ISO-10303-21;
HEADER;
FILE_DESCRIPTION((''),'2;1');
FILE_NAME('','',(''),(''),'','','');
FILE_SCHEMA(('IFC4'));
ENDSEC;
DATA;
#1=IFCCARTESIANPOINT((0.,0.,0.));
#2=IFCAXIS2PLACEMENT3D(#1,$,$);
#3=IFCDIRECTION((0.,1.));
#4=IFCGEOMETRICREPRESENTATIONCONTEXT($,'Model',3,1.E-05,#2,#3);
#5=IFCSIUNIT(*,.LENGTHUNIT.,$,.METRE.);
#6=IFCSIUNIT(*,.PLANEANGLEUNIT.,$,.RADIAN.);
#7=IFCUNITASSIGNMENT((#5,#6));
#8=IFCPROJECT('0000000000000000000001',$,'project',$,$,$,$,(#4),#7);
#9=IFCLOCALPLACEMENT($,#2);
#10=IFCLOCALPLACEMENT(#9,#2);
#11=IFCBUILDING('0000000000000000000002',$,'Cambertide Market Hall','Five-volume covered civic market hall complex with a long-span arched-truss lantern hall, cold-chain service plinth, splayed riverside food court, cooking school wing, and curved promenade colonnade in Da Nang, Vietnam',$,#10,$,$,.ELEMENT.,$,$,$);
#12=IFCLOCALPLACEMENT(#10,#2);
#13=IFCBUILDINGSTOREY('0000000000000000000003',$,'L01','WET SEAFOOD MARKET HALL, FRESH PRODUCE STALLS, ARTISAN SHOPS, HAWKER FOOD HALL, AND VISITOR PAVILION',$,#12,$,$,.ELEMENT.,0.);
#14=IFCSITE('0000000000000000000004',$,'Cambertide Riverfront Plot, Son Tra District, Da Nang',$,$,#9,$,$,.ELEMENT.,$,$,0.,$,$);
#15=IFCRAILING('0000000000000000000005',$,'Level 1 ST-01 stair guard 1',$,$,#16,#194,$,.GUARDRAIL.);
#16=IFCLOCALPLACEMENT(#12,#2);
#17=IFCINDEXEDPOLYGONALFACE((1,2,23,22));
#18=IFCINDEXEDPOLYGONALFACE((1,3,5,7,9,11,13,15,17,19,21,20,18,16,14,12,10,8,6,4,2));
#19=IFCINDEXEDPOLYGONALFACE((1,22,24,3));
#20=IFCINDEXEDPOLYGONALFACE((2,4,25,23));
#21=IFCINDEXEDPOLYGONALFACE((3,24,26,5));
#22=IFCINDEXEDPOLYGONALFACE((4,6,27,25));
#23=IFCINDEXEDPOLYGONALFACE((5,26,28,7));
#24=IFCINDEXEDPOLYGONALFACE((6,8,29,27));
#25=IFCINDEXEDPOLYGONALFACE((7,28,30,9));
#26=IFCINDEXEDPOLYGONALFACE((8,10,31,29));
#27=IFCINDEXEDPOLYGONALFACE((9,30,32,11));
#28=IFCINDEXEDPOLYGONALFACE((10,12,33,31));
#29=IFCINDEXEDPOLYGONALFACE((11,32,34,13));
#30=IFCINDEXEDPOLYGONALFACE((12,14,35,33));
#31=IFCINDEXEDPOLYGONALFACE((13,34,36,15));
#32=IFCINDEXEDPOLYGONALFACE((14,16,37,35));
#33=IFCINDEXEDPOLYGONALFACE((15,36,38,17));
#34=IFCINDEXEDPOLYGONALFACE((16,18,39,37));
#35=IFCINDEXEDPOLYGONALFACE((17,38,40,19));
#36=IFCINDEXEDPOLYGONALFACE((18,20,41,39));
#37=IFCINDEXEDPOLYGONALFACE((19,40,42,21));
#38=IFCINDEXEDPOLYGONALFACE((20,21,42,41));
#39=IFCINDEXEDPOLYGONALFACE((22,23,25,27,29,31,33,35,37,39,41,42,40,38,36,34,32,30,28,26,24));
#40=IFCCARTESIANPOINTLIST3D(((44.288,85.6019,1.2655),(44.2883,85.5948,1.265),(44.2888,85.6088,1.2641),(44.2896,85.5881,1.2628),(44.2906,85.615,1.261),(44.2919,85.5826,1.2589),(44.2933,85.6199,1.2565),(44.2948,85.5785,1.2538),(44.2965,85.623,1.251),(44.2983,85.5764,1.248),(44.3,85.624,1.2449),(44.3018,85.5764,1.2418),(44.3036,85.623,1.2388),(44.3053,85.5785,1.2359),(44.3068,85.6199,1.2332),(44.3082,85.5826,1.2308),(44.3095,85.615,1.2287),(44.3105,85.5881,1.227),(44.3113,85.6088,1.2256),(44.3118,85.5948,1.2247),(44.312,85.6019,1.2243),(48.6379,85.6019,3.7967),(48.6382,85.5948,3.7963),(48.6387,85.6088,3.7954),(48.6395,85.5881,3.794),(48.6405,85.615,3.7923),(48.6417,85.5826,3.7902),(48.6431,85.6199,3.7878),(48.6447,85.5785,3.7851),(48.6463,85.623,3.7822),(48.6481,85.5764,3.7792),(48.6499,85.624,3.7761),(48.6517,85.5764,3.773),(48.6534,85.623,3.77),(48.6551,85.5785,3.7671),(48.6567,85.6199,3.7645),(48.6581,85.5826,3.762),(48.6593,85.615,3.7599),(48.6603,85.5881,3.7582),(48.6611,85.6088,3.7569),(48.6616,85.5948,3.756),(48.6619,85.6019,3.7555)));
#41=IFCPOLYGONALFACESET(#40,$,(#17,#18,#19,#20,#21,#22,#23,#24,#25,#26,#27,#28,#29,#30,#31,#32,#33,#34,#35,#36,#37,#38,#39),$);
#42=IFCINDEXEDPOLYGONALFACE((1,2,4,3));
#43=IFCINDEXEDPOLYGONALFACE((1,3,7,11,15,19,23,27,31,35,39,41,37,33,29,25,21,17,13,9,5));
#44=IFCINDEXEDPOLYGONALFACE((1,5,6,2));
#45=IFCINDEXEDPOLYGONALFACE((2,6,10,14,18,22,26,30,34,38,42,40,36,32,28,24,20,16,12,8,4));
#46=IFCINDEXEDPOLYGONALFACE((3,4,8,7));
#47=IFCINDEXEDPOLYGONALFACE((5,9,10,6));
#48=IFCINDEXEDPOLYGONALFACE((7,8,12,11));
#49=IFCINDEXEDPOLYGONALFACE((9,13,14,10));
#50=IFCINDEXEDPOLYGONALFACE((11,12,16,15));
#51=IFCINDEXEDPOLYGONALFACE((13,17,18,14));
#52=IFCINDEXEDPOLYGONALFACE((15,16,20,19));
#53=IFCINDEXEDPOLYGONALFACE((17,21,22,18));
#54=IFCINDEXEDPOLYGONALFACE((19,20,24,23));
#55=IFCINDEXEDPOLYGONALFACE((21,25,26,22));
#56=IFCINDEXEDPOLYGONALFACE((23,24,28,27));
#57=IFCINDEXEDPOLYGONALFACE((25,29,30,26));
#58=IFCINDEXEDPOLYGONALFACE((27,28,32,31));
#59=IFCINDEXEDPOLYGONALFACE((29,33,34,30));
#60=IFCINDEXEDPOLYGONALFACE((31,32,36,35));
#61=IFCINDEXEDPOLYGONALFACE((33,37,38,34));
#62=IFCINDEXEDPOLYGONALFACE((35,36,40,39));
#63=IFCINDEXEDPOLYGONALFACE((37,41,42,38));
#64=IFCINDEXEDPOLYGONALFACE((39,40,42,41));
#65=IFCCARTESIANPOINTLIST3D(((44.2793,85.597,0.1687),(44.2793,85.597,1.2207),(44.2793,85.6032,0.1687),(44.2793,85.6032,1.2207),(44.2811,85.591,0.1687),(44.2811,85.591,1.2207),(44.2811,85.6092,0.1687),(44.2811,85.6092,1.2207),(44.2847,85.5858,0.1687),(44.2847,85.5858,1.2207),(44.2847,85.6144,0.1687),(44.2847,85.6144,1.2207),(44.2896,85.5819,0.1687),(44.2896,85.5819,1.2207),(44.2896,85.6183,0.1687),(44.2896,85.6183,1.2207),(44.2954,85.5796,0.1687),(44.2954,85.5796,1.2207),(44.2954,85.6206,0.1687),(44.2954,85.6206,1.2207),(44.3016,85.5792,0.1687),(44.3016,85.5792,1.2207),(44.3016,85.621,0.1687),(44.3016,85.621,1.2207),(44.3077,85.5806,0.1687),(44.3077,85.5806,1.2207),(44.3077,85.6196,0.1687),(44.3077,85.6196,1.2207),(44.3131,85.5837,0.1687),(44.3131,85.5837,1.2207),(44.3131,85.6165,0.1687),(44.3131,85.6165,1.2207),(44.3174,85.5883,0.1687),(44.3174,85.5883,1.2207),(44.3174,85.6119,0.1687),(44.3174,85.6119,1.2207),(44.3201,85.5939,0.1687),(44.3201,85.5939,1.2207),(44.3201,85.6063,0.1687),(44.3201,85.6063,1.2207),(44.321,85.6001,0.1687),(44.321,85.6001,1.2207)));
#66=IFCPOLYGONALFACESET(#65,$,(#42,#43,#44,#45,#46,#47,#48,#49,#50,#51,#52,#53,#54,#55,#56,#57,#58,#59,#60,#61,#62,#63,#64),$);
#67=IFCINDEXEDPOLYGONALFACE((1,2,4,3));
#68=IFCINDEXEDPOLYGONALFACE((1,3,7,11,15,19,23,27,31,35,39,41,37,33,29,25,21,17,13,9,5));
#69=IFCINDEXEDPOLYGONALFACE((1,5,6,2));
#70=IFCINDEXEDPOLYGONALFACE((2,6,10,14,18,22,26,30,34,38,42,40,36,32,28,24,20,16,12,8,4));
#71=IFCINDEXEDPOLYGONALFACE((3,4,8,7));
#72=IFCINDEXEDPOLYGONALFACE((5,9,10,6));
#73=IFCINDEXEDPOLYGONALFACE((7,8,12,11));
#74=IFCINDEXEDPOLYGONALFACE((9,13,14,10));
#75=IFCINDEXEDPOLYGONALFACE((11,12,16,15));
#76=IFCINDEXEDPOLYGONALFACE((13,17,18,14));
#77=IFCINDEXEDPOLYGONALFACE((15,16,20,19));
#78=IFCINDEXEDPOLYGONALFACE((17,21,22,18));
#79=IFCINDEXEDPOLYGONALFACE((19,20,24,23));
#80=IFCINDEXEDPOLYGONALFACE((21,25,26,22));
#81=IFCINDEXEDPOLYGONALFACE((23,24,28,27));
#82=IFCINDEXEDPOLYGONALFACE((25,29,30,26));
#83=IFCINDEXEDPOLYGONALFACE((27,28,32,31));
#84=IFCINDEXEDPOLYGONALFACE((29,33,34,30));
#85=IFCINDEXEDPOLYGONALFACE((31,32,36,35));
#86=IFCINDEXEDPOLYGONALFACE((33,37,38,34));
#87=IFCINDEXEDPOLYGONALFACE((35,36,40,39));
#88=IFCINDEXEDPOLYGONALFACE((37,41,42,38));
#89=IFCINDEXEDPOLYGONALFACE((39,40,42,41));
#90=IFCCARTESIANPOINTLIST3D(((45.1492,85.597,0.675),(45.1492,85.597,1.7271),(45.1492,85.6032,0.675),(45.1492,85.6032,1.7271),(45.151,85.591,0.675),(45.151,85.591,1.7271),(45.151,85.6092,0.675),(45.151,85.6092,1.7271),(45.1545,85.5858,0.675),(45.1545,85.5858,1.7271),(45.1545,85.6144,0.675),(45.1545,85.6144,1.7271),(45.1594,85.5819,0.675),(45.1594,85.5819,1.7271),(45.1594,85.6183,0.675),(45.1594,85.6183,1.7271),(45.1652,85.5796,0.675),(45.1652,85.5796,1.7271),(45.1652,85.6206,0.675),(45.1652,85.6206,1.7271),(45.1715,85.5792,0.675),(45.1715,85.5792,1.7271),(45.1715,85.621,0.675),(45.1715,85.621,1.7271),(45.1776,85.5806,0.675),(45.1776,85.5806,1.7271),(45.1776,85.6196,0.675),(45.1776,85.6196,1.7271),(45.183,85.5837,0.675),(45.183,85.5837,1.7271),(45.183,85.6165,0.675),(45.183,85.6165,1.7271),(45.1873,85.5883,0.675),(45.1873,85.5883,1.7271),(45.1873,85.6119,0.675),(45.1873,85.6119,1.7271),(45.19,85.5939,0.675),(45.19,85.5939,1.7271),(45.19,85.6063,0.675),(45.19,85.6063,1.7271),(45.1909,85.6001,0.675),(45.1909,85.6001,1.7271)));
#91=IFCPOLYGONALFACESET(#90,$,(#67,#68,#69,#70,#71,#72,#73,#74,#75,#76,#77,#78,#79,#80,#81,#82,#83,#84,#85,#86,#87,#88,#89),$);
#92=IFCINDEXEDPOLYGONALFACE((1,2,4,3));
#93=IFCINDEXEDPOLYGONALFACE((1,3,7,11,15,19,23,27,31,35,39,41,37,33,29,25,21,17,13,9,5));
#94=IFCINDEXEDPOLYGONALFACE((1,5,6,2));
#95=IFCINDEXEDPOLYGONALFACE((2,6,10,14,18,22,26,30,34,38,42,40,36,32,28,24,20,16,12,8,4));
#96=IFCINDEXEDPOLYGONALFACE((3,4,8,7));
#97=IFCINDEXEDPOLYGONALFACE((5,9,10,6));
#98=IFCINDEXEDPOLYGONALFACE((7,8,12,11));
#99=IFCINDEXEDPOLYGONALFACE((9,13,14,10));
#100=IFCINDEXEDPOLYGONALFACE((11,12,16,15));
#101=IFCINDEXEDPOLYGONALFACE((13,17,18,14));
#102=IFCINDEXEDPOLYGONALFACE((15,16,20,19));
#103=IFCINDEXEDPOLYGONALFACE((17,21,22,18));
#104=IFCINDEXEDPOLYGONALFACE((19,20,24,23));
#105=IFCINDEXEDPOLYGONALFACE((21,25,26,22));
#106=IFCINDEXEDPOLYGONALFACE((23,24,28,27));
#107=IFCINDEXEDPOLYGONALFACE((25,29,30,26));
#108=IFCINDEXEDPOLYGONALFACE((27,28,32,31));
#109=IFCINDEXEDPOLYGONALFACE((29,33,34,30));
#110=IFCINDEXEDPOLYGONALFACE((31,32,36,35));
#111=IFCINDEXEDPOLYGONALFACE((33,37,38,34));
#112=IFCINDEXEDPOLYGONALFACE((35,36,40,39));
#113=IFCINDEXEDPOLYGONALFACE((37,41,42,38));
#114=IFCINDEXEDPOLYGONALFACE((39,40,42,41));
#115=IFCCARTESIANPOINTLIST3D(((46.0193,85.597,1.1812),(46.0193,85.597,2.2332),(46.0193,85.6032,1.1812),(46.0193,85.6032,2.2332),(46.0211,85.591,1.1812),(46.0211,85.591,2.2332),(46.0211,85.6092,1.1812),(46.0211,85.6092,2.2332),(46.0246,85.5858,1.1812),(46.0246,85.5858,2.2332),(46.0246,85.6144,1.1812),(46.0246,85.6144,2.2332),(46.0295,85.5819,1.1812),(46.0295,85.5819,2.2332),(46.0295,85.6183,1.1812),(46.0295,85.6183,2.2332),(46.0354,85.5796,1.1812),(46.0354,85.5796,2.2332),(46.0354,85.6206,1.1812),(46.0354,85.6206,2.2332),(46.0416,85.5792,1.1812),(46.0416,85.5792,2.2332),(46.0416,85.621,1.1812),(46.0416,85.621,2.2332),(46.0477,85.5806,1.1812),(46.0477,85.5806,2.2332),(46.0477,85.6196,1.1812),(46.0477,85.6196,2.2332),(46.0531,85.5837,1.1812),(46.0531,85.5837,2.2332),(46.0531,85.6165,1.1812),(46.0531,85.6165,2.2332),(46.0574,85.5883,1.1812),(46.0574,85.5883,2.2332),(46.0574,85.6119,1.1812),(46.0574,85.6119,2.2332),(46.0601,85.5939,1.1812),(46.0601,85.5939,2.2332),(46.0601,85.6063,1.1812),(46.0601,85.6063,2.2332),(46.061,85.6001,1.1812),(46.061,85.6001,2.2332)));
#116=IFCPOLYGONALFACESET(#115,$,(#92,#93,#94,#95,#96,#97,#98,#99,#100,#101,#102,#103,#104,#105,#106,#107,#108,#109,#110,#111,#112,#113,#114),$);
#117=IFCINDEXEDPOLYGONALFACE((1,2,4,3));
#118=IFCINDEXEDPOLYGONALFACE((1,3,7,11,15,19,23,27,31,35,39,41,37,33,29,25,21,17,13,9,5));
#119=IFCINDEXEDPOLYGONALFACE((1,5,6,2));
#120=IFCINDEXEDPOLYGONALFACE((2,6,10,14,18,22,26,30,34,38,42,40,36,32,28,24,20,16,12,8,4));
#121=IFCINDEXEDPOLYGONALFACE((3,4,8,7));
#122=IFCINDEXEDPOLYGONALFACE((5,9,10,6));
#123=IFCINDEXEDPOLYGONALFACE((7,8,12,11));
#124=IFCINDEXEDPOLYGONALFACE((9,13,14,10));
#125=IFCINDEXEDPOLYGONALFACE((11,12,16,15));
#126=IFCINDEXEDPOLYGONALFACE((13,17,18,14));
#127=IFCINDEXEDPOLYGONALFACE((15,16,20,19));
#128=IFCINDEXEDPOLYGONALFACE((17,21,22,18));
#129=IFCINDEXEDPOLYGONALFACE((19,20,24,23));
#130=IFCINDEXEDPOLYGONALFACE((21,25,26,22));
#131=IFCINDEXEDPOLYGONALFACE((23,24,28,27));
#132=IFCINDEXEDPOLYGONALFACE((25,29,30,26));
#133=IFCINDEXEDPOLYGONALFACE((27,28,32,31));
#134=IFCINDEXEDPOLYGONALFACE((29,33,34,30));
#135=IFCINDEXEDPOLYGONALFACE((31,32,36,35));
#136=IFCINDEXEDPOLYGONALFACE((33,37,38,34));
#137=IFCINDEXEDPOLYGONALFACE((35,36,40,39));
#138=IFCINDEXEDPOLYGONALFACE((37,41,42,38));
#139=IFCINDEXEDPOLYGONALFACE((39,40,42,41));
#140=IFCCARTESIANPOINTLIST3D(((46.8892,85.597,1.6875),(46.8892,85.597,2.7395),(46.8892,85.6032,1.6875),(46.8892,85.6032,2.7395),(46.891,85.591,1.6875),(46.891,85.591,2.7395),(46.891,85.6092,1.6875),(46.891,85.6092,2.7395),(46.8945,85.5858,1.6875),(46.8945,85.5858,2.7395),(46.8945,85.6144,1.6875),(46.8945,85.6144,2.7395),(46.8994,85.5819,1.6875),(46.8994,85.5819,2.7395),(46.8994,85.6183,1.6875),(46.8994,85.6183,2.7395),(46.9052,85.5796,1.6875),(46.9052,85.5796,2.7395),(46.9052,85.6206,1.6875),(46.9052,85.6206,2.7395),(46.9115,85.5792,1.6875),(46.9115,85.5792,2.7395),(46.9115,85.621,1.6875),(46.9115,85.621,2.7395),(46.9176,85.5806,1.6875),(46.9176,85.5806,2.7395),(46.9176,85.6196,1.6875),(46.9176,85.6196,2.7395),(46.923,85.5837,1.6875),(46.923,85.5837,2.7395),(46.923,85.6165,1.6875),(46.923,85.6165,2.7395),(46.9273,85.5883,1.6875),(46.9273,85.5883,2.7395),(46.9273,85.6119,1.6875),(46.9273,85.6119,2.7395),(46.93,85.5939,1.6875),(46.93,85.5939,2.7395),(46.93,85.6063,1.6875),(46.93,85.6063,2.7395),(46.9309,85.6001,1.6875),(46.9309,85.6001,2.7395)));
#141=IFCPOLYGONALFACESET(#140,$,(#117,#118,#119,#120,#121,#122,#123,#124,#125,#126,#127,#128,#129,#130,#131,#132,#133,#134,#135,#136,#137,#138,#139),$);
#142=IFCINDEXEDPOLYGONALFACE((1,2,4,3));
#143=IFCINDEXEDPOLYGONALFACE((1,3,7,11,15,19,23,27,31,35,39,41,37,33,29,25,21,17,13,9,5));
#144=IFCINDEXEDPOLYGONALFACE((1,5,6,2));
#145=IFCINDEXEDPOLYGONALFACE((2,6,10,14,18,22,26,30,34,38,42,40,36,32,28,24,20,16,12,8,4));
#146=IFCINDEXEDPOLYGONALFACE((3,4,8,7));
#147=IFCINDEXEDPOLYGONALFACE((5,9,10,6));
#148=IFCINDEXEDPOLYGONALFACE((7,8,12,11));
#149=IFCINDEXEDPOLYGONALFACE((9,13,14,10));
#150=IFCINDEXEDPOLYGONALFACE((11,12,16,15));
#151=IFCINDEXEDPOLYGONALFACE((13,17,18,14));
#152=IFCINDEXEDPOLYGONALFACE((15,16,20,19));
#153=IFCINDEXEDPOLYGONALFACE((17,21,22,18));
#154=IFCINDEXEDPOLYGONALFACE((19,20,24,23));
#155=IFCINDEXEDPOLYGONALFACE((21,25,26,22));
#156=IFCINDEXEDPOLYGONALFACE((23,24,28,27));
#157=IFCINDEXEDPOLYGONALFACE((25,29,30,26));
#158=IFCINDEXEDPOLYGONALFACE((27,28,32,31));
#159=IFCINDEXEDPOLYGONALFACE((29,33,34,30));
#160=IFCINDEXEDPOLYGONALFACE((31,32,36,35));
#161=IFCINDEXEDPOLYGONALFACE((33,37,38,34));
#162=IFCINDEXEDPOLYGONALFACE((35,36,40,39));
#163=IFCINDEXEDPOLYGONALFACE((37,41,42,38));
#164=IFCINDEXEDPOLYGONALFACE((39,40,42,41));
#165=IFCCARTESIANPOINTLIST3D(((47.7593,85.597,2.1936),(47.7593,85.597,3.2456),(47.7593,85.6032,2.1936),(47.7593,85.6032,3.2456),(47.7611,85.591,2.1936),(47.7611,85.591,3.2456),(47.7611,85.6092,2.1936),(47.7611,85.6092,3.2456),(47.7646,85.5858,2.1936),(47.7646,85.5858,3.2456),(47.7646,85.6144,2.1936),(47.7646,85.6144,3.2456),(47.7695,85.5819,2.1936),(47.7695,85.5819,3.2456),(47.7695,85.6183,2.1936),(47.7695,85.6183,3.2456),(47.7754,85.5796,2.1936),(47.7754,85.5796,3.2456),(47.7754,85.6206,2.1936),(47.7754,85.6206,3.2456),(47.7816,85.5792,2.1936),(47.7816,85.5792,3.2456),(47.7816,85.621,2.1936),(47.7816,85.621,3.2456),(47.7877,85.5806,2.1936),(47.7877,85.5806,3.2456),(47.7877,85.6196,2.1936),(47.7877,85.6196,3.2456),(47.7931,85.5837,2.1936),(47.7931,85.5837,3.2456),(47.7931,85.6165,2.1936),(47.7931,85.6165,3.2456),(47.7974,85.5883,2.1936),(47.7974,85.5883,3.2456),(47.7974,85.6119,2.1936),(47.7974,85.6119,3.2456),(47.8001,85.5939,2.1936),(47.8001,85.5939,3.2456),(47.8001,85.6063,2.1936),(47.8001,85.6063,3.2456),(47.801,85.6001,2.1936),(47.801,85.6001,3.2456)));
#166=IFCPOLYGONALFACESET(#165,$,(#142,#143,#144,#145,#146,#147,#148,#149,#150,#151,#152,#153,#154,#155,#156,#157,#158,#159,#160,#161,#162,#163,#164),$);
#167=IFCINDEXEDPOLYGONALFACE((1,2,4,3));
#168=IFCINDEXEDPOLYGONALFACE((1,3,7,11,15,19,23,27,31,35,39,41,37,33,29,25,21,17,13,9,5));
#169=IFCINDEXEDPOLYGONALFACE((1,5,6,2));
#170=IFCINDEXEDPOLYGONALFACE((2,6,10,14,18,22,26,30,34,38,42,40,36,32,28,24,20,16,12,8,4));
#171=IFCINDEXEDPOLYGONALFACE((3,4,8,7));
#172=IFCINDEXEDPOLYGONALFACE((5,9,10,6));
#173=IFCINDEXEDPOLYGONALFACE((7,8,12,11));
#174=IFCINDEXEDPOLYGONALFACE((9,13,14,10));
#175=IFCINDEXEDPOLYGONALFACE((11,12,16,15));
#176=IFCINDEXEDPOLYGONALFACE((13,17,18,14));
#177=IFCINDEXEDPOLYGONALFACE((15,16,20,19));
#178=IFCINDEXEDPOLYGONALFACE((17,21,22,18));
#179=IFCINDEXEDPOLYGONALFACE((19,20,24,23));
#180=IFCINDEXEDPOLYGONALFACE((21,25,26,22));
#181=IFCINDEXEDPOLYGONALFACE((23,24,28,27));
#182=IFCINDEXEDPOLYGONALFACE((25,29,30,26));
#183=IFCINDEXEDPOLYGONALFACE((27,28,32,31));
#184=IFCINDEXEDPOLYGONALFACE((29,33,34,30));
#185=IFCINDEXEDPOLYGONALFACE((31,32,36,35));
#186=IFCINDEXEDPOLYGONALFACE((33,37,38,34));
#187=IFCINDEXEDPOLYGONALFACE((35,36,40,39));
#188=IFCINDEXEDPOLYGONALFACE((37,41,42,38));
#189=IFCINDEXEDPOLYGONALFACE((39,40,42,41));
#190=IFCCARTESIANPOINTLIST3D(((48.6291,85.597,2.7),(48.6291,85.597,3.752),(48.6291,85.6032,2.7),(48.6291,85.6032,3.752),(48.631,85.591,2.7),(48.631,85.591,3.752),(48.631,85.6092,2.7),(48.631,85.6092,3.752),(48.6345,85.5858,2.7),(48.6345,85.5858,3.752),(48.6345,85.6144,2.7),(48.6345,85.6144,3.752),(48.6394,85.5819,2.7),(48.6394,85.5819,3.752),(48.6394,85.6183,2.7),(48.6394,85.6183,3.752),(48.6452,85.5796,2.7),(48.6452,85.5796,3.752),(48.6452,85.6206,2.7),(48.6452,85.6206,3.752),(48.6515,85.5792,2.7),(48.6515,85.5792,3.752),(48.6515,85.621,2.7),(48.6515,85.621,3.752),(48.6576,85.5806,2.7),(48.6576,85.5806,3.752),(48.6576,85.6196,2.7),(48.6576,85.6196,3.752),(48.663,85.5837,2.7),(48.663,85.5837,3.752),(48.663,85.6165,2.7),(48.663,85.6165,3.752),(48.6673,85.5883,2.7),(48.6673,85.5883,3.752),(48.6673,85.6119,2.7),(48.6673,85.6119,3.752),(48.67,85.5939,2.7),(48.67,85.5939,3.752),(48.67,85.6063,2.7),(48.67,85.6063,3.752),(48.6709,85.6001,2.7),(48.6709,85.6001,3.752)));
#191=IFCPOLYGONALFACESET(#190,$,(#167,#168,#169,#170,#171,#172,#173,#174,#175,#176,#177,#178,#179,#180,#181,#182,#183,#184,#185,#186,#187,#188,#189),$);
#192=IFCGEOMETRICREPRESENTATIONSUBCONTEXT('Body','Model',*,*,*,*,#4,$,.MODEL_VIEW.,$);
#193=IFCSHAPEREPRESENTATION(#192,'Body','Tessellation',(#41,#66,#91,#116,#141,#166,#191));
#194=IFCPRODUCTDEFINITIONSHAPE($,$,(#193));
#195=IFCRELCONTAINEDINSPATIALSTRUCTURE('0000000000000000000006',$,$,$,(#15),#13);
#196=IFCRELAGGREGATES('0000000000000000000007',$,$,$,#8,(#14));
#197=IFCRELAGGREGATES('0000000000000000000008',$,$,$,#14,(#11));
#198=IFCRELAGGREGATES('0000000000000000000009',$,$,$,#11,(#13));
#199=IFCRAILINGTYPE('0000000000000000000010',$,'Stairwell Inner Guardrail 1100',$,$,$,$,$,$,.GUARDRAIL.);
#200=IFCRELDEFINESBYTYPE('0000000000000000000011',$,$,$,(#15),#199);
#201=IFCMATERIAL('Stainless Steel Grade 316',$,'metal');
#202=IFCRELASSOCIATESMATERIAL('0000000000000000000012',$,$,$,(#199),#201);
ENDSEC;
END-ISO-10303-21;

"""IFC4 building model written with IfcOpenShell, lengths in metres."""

from ifc_helpers import new_model, si_unit, direction, frame, origin, origin_2d, place, context, subcontext, project, spatial, circle, extrude, material, type_object, element, save


model = new_model("IFC4")

# Units and contexts
model_context = context("Model", 3, precision=1e-05, world=origin(), true_north=direction((0.0, 1.0)))
body_context = subcontext(model_context, "Body", "Model", "MODEL_VIEW")
ifc_project = project(units=[si_unit("LENGTHUNIT", "METRE"), si_unit("PLANEANGLEUNIT", "RADIAN")], contexts=[model_context])

# Site, building, storey
site_placement = place(None, origin())
site = spatial("IfcSite", under=ifc_project, at=site_placement, Name="Cambertide Riverfront Plot, Son Tra District, Da Nang", CompositionType="ELEMENT", RefElevation=0.0)
building_placement = place(site_placement, origin())
building = spatial("IfcBuilding", under=site, at=building_placement, Name="Cambertide Market Hall", Description="Five-volume covered civic market hall complex with a long-span arched-truss lantern hall, cold-chain service plinth, splayed riverside food court, cooking school wing, and curved promenade colonnade in Da Nang, Vietnam", CompositionType="ELEMENT")
storey_placement = place(building_placement, origin())
storey = spatial("IfcBuildingStorey", under=building, at=storey_placement, Name="L01", Description="WET SEAFOOD MARKET HALL, FRESH PRODUCE STALLS, ARTISAN SHOPS, HAWKER FOOD HALL, AND VISITOR PAVILION", CompositionType="ELEMENT", Elevation=0.0)

# Railing
ifc_material_1 = material(Name="Stainless Steel Grade 316", Category="metal")
railing_type_1 = type_object("IfcRailingType", Name="Stairwell Inner Guardrail 1100", PredefinedType="GUARDRAIL", material=ifc_material_1)
railing_1_placement = place(storey_placement, frame((44.3, 85.6001, 0.1687)))
element("IfcRailing", 1, at=railing_1_placement, inside=storey, type_object=railing_type_1, Name="Level 1 ST-01 stair guard 1", PredefinedType="GUARDRAIL", context=body_context, shape_type="SweptSolid", body=[
    extrude(circle(Radius=0.0239, at=origin_2d()), frame((0.0, 0.0, 1.0762), z_axis=(0.864312, 0.0, 0.502957), x_axis=(0.0, 1.0, 0.0)), (0.0, 0.0, 1.0), 5.0327),
    extrude(circle(Radius=0.021, at=origin_2d()), origin(), (0.0, 0.0, 1.0), 1.052),
    extrude(circle(Radius=0.021, at=origin_2d()), frame((0.8699, 0.0, 0.5063)), (0.0, 0.0, 1.0), 1.052),
    extrude(circle(Radius=0.021, at=origin_2d()), frame((1.74, 0.0, 1.0125)), (0.0, 0.0, 1.0), 1.052),
    extrude(circle(Radius=0.021, at=origin_2d()), frame((2.6099, 0.0, 1.5188)), (0.0, 0.0, 1.0), 1.052),
    extrude(circle(Radius=0.021, at=origin_2d()), frame((3.48, 0.0, 2.0249)), (0.0, 0.0, 1.0), 1.052),
    extrude(circle(Radius=0.021, at=origin_2d()), frame((4.3499, 0.0, 2.5312)), (0.0, 0.0, 1.0), 1.052),
])

save(model, "model.ifc")
